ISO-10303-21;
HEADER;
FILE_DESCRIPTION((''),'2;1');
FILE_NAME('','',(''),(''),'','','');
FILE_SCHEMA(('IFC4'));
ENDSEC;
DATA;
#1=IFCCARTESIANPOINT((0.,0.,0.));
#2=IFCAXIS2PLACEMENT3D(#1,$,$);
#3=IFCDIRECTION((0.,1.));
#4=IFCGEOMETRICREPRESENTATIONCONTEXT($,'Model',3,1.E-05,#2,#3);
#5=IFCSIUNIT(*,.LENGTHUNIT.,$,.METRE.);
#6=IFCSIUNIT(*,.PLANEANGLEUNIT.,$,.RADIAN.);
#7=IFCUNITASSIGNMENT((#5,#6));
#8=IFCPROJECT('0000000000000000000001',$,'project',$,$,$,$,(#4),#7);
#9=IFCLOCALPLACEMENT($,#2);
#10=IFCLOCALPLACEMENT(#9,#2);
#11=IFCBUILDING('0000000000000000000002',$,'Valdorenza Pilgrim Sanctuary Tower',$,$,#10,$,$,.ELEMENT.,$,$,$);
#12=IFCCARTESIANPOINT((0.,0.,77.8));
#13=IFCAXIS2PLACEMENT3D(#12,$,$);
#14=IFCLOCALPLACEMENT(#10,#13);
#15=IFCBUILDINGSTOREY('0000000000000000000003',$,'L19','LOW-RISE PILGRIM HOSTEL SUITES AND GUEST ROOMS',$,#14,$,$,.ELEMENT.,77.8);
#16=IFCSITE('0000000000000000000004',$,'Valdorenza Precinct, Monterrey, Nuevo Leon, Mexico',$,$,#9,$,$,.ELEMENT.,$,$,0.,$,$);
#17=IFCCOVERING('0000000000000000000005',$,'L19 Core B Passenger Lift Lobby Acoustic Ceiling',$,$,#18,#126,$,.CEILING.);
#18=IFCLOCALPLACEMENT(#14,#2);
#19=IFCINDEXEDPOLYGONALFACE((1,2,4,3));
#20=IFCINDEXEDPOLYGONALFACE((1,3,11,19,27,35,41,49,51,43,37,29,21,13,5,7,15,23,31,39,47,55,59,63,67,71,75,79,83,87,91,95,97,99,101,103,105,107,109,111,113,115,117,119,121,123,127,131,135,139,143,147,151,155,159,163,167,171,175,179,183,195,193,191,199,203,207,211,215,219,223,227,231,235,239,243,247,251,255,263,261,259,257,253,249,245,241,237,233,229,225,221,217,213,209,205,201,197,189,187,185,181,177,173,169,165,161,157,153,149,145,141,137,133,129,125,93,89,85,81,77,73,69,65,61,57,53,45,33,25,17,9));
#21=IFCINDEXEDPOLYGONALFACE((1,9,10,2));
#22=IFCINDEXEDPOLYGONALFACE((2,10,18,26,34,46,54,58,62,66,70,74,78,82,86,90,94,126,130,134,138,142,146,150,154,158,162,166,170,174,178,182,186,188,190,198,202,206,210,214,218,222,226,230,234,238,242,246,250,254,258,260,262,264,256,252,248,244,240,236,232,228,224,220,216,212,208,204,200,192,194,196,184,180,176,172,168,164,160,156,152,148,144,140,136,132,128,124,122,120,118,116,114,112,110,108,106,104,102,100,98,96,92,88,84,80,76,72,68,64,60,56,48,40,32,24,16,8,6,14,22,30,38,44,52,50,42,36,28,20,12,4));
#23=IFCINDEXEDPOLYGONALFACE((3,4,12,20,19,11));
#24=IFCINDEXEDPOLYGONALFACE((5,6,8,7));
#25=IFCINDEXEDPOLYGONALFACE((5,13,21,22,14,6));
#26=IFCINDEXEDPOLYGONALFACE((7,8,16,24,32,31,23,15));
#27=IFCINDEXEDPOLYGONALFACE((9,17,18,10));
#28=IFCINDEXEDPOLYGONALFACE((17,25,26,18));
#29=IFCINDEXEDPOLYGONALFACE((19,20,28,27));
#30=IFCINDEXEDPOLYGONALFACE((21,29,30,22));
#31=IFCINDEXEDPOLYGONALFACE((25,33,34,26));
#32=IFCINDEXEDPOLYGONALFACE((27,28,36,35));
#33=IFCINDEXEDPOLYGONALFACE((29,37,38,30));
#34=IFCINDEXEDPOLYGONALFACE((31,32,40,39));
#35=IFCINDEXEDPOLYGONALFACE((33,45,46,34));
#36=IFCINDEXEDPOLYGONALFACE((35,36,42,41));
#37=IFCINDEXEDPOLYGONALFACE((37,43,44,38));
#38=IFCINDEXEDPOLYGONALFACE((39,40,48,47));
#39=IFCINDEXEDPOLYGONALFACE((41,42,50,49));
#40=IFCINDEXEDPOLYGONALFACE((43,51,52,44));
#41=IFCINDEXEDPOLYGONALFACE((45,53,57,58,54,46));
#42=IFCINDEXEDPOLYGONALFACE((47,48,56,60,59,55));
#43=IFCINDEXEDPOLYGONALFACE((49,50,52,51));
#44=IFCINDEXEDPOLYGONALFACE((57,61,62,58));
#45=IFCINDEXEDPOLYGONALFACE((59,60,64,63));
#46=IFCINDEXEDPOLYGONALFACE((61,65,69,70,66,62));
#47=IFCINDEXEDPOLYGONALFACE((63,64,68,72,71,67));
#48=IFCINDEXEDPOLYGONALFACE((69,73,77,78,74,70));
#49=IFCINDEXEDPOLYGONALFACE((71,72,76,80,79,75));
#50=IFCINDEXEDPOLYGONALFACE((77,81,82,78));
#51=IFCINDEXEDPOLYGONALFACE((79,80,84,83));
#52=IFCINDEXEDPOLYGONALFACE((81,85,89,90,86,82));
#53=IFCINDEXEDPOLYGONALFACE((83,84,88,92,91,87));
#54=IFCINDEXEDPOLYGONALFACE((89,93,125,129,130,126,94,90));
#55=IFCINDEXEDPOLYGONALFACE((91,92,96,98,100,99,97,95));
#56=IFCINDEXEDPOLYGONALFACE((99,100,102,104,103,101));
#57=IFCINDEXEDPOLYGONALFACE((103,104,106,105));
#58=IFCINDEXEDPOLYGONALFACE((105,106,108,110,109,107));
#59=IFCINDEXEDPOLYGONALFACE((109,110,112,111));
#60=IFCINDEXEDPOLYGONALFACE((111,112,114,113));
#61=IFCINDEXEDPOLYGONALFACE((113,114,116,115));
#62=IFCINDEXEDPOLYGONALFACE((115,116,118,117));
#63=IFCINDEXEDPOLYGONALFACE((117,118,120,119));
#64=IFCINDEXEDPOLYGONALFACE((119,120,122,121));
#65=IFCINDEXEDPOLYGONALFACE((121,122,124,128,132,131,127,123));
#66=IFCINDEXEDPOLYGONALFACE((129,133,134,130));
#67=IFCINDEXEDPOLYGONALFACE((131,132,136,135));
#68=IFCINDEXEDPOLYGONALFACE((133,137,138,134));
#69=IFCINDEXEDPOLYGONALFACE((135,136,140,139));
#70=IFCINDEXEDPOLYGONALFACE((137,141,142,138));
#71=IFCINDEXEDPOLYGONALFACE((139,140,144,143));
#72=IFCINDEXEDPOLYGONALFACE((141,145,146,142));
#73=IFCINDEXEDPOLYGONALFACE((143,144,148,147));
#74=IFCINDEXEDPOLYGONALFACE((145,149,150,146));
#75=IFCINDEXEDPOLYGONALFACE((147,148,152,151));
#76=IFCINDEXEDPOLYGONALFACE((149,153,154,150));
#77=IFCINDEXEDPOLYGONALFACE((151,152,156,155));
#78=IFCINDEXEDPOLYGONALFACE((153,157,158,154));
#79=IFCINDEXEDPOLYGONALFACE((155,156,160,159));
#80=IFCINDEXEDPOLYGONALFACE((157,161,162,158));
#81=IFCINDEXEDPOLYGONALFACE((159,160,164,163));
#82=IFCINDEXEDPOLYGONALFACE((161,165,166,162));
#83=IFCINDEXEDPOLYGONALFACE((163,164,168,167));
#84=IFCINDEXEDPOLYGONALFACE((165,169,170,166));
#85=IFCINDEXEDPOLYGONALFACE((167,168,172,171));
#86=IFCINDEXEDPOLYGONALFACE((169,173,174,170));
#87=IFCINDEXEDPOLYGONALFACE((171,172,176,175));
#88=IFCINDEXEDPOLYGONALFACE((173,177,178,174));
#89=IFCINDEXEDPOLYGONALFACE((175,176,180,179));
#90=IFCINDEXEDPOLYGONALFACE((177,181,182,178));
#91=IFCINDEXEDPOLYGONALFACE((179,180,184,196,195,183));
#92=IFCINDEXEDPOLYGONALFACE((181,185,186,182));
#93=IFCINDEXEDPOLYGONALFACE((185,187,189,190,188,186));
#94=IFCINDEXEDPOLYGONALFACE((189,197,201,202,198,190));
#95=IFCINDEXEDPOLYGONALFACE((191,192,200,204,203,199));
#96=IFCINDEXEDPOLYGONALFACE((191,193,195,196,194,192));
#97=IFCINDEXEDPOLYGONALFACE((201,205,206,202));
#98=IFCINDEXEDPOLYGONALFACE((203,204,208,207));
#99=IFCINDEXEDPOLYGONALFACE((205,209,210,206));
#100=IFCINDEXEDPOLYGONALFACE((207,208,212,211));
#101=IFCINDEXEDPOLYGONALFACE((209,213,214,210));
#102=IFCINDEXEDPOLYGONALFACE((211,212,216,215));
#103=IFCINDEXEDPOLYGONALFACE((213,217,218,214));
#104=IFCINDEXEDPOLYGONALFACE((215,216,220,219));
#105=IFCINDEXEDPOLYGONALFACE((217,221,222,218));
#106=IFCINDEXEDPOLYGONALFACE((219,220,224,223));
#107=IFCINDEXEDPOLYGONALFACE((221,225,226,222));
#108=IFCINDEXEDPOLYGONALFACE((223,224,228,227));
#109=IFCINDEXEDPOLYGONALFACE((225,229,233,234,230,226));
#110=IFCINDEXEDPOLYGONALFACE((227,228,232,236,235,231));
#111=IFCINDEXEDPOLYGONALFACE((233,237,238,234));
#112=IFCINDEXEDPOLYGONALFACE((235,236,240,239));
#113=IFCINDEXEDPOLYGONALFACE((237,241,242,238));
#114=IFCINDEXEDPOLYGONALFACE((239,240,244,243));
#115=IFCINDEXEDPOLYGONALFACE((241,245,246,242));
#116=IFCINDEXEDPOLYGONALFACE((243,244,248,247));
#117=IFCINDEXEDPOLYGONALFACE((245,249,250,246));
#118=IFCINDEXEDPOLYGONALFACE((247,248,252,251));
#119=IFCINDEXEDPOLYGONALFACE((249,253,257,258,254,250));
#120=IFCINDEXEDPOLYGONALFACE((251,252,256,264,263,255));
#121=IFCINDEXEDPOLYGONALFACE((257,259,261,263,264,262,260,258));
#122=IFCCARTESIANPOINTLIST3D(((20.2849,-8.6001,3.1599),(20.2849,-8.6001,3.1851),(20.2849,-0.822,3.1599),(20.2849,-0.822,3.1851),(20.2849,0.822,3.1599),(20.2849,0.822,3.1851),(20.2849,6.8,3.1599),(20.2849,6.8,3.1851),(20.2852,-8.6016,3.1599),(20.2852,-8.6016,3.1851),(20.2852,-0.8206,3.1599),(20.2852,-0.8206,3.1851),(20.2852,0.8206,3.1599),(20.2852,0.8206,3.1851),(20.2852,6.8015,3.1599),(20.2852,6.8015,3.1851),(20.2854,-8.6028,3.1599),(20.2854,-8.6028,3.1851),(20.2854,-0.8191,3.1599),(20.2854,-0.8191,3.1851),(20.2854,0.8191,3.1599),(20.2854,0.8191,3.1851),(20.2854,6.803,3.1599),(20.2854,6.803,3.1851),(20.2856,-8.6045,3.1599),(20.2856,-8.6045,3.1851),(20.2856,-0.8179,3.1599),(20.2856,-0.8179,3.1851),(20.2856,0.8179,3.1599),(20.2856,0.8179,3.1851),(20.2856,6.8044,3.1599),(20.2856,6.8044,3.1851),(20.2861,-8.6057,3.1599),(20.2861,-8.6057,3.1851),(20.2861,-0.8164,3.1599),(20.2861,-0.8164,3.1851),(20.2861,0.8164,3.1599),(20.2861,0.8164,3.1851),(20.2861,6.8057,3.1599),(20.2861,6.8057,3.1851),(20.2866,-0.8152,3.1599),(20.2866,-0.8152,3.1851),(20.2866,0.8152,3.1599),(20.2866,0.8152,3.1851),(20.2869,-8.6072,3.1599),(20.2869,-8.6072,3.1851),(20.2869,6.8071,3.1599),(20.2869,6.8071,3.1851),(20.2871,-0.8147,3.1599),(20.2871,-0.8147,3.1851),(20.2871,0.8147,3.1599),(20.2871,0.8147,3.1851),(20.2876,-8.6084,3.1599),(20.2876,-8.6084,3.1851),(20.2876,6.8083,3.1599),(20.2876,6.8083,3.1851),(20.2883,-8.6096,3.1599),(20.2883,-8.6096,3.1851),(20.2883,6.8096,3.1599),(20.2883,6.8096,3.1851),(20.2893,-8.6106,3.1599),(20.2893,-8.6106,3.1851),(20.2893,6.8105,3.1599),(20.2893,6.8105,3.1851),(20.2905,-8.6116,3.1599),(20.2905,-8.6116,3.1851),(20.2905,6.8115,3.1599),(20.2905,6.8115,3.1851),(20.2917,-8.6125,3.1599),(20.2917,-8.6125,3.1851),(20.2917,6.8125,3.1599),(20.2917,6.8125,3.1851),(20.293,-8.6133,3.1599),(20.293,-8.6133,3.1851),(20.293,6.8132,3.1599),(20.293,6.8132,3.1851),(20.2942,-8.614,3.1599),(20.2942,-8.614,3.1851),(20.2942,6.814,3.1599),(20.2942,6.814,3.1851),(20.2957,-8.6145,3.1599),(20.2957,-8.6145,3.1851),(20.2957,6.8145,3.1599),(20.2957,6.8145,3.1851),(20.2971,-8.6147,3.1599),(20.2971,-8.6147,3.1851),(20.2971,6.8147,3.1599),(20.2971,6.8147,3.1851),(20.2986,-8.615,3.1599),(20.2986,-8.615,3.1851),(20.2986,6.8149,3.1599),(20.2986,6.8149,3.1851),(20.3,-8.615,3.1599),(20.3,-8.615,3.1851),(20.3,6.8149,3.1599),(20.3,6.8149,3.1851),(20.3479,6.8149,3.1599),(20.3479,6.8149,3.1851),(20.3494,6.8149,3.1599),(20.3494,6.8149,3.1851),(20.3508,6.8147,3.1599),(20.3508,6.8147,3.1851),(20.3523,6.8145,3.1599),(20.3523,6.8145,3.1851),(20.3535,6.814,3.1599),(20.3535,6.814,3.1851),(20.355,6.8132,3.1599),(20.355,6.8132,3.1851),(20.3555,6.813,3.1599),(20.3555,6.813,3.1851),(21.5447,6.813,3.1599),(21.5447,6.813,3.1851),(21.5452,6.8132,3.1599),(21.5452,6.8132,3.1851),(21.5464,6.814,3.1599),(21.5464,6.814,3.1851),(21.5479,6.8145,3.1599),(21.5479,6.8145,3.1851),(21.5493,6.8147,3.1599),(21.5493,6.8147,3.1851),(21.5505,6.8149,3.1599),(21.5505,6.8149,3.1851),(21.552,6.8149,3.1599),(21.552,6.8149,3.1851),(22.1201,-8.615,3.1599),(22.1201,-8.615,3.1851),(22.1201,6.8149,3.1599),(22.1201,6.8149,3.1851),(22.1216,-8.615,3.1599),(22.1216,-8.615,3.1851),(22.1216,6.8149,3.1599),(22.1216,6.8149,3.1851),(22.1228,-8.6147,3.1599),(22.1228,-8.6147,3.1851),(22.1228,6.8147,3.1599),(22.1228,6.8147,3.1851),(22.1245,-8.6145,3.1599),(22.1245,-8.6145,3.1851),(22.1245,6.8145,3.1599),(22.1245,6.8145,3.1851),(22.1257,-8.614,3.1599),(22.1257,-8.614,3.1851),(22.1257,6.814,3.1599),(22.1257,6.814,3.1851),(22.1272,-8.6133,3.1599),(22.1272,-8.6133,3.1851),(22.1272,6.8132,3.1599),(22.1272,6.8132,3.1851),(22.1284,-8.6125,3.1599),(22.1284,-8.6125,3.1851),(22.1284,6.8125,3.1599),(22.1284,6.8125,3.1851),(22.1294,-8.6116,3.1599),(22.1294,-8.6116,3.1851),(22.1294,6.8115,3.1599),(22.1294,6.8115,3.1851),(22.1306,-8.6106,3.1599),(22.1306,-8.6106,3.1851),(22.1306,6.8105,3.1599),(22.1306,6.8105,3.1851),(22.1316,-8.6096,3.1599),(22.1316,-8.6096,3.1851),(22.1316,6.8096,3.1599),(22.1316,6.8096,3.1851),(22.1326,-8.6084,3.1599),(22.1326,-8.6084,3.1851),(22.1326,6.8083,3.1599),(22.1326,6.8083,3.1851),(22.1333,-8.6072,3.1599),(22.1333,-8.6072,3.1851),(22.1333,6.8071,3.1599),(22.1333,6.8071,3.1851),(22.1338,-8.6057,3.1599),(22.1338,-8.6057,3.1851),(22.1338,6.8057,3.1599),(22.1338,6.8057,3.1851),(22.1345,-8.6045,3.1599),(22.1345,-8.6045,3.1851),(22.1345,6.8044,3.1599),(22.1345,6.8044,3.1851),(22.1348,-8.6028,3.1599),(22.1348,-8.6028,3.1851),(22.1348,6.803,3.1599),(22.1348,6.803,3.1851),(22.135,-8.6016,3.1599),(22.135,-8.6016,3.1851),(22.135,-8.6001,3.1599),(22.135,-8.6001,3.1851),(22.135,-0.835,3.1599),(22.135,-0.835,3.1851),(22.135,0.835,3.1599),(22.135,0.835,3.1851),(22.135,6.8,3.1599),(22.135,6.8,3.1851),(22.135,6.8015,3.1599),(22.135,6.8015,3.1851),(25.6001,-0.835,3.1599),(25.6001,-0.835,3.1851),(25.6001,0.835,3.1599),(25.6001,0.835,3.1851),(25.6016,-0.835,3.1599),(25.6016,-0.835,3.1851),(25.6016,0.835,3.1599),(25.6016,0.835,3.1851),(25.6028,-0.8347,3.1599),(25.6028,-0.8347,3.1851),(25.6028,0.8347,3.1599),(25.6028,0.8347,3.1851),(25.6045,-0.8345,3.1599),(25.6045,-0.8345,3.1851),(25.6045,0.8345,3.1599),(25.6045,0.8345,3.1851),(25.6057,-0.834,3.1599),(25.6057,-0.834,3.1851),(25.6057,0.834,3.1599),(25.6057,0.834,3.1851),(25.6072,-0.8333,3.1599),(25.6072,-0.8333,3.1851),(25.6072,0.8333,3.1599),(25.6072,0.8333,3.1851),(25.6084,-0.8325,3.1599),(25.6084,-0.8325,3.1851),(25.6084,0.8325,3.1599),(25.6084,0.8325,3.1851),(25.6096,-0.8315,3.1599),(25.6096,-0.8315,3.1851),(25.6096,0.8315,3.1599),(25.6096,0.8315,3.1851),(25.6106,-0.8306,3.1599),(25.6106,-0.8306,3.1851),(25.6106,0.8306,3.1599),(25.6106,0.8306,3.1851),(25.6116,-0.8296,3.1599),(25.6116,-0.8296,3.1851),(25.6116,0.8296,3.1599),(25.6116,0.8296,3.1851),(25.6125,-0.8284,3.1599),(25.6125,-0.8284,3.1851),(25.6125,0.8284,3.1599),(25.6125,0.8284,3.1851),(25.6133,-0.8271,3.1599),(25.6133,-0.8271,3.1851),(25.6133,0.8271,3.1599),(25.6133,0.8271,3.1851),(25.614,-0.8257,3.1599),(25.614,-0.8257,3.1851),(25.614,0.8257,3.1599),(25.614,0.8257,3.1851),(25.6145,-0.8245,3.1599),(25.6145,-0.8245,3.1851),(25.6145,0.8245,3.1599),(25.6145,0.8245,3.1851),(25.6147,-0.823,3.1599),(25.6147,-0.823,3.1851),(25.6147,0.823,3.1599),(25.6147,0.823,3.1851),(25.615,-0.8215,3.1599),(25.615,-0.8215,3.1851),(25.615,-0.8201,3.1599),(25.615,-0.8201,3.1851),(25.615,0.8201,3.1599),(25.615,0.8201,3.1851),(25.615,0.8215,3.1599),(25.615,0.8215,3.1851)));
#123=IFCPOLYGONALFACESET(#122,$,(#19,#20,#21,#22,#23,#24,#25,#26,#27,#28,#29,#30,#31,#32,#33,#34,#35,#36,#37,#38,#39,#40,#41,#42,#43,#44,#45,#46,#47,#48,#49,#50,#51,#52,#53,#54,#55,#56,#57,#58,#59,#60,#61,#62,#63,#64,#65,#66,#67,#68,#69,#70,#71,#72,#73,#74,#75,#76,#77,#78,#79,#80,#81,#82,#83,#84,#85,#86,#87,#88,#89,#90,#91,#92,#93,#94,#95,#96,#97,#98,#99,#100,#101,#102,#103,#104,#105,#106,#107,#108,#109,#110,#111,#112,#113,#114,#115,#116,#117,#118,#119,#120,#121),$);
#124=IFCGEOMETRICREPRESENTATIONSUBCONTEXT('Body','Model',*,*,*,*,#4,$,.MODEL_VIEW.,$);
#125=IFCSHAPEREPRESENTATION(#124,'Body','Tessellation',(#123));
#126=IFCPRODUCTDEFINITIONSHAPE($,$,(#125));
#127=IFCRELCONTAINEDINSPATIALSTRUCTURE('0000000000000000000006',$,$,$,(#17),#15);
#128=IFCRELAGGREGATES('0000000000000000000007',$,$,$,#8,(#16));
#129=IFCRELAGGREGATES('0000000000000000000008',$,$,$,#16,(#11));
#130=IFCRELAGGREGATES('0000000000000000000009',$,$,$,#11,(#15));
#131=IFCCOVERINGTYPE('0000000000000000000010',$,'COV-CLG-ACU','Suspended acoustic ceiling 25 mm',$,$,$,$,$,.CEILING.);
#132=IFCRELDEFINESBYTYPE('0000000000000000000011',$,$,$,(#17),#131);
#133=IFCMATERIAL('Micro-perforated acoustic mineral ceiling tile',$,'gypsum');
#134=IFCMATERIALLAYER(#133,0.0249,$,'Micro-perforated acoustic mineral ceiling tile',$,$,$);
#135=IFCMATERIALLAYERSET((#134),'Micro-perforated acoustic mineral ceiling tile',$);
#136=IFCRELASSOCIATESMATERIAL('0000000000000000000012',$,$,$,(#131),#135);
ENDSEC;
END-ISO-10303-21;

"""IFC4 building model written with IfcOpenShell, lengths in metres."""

from ifc_helpers import new_model, si_unit, direction, frame, origin, place, context, subcontext, project, spatial, polyline, outline, extrude, material, layer, layer_set, type_object, element, save


model = new_model("IFC4")

# Units and contexts
model_context = context("Model", 3, precision=1e-05, world=origin(), true_north=direction((0.0, 1.0)))
body_context = subcontext(model_context, "Body", "Model", "MODEL_VIEW")
ifc_project = project(units=[si_unit("LENGTHUNIT", "METRE"), si_unit("PLANEANGLEUNIT", "RADIAN")], contexts=[model_context])

# Site, building, storey
site_placement = place(None, origin())
site = spatial("IfcSite", under=ifc_project, at=site_placement, Name="Valdorenza Precinct, Monterrey, Nuevo Leon, Mexico", CompositionType="ELEMENT", RefElevation=0.0)
building_placement = place(site_placement, origin())
building = spatial("IfcBuilding", under=site, at=building_placement, Name="Valdorenza Pilgrim Sanctuary Tower", CompositionType="ELEMENT")
storey_placement = place(building_placement, frame((0.0, 0.0, 77.8)))
storey = spatial("IfcBuildingStorey", under=building, at=storey_placement, Name="L19", Description="LOW-RISE PILGRIM HOSTEL SUITES AND GUEST ROOMS", CompositionType="ELEMENT", Elevation=77.8)

# Covering
ifc_material_1 = material(Name="Micro-perforated acoustic mineral ceiling tile", Category="gypsum")
ifc_layer_1 = layer(ifc_material_1, 0.0249, Name="Micro-perforated acoustic mineral ceiling tile")
ifc_layer_set_1 = layer_set([ifc_layer_1], Name="Micro-perforated acoustic mineral ceiling tile")
covering_type_1 = type_object("IfcCoveringType", Name="COV-CLG-ACU", Description="Suspended acoustic ceiling 25 mm", PredefinedType="CEILING", material=ifc_layer_set_1)
covering_1_placement = place(storey_placement, frame((0.0, 0.0, 3.1599)))
element("IfcCovering", 1, at=covering_1_placement, inside=storey, type_object=covering_type_1, Name="L19 Core B Passenger Lift Lobby Acoustic Ceiling", PredefinedType="CEILING", context=body_context, shape_type="SweptSolid", body=[
    extrude(outline(polyline([(20.2871, -0.8147), (20.2871, 0.8147), (20.2866, 0.8152), (20.2861, 0.8164), (20.2856, 0.8179), (20.2854, 0.8191), (20.2852, 0.8206), (20.2849, 0.822), (20.2849, 6.8), (20.2852, 6.8015), (20.2854, 6.803), (20.2856, 6.8044), (20.2861, 6.8057), (20.2869, 6.8071), (20.2876, 6.8083), (20.2883, 6.8096), (20.2893, 6.8105), (20.2905, 6.8115), (20.2917, 6.8125), (20.293, 6.8132), (20.2942, 6.814), (20.2957, 6.8145), (20.2971, 6.8147), (20.2986, 6.8149), (20.3, 6.8149), (20.3479, 6.8149), (20.3494, 6.8149), (20.3508, 6.8147), (20.3523, 6.8145), (20.3535, 6.814), (20.355, 6.8132), (20.3555, 6.813), (21.5447, 6.813), (21.5452, 6.8132), (21.5464, 6.814), (21.5479, 6.8145), (21.5493, 6.8147), (21.5505, 6.8149), (21.552, 6.8149), (22.1201, 6.8149), (22.1216, 6.8149), (22.1228, 6.8147), (22.1245, 6.8145), (22.1257, 6.814), (22.1272, 6.8132), (22.1284, 6.8125), (22.1294, 6.8115), (22.1306, 6.8105), (22.1316, 6.8096), (22.1326, 6.8083), (22.1333, 6.8071), (22.1338, 6.8057), (22.1345, 6.8044), (22.1348, 6.803), (22.135, 6.8015), (22.135, 6.8), (22.135, 0.835), (25.6001, 0.835), (25.6016, 0.835), (25.6028, 0.8347), (25.6045, 0.8345), (25.6057, 0.834), (25.6072, 0.8333), (25.6084, 0.8325), (25.6096, 0.8315), (25.6106, 0.8306), (25.6116, 0.8296), (25.6125, 0.8284), (25.6133, 0.8271), (25.614, 0.8257), (25.6145, 0.8245), (25.6147, 0.823), (25.615, 0.8215), (25.615, 0.8201), (25.615, -0.8201), (25.615, -0.8215), (25.6147, -0.823), (25.6145, -0.8245), (25.614, -0.8257), (25.6133, -0.8271), (25.6125, -0.8284), (25.6116, -0.8296), (25.6106, -0.8306), (25.6096, -0.8315), (25.6084, -0.8325), (25.6072, -0.8333), (25.6057, -0.834), (25.6045, -0.8345), (25.6028, -0.8347), (25.6016, -0.835), (25.6001, -0.835), (22.135, -0.835), (22.135, -8.6001), (22.135, -8.6016), (22.1348, -8.6028), (22.1345, -8.6045), (22.1338, -8.6057), (22.1333, -8.6072), (22.1326, -8.6084), (22.1316, -8.6096), (22.1306, -8.6106), (22.1294, -8.6116), (22.1284, -8.6125), (22.1272, -8.6133), (22.1257, -8.614), (22.1245, -8.6145), (22.1228, -8.6147), (22.1216, -8.615), (22.1201, -8.615), (20.3, -8.615), (20.2986, -8.615), (20.2971, -8.6147), (20.2957, -8.6145), (20.2942, -8.614), (20.293, -8.6133), (20.2917, -8.6125), (20.2905, -8.6116), (20.2893, -8.6106), (20.2883, -8.6096), (20.2876, -8.6084), (20.2869, -8.6072), (20.2861, -8.6057), (20.2856, -8.6045), (20.2854, -8.6028), (20.2852, -8.6016), (20.2849, -8.6001), (20.2849, -0.822), (20.2852, -0.8206), (20.2854, -0.8191), (20.2856, -0.8179), (20.2861, -0.8164), (20.2866, -0.8152), (20.2871, -0.8147)])), origin(), (0.0, 0.0, 1.0), 0.0251),
])

save(model, "model.ifc")
